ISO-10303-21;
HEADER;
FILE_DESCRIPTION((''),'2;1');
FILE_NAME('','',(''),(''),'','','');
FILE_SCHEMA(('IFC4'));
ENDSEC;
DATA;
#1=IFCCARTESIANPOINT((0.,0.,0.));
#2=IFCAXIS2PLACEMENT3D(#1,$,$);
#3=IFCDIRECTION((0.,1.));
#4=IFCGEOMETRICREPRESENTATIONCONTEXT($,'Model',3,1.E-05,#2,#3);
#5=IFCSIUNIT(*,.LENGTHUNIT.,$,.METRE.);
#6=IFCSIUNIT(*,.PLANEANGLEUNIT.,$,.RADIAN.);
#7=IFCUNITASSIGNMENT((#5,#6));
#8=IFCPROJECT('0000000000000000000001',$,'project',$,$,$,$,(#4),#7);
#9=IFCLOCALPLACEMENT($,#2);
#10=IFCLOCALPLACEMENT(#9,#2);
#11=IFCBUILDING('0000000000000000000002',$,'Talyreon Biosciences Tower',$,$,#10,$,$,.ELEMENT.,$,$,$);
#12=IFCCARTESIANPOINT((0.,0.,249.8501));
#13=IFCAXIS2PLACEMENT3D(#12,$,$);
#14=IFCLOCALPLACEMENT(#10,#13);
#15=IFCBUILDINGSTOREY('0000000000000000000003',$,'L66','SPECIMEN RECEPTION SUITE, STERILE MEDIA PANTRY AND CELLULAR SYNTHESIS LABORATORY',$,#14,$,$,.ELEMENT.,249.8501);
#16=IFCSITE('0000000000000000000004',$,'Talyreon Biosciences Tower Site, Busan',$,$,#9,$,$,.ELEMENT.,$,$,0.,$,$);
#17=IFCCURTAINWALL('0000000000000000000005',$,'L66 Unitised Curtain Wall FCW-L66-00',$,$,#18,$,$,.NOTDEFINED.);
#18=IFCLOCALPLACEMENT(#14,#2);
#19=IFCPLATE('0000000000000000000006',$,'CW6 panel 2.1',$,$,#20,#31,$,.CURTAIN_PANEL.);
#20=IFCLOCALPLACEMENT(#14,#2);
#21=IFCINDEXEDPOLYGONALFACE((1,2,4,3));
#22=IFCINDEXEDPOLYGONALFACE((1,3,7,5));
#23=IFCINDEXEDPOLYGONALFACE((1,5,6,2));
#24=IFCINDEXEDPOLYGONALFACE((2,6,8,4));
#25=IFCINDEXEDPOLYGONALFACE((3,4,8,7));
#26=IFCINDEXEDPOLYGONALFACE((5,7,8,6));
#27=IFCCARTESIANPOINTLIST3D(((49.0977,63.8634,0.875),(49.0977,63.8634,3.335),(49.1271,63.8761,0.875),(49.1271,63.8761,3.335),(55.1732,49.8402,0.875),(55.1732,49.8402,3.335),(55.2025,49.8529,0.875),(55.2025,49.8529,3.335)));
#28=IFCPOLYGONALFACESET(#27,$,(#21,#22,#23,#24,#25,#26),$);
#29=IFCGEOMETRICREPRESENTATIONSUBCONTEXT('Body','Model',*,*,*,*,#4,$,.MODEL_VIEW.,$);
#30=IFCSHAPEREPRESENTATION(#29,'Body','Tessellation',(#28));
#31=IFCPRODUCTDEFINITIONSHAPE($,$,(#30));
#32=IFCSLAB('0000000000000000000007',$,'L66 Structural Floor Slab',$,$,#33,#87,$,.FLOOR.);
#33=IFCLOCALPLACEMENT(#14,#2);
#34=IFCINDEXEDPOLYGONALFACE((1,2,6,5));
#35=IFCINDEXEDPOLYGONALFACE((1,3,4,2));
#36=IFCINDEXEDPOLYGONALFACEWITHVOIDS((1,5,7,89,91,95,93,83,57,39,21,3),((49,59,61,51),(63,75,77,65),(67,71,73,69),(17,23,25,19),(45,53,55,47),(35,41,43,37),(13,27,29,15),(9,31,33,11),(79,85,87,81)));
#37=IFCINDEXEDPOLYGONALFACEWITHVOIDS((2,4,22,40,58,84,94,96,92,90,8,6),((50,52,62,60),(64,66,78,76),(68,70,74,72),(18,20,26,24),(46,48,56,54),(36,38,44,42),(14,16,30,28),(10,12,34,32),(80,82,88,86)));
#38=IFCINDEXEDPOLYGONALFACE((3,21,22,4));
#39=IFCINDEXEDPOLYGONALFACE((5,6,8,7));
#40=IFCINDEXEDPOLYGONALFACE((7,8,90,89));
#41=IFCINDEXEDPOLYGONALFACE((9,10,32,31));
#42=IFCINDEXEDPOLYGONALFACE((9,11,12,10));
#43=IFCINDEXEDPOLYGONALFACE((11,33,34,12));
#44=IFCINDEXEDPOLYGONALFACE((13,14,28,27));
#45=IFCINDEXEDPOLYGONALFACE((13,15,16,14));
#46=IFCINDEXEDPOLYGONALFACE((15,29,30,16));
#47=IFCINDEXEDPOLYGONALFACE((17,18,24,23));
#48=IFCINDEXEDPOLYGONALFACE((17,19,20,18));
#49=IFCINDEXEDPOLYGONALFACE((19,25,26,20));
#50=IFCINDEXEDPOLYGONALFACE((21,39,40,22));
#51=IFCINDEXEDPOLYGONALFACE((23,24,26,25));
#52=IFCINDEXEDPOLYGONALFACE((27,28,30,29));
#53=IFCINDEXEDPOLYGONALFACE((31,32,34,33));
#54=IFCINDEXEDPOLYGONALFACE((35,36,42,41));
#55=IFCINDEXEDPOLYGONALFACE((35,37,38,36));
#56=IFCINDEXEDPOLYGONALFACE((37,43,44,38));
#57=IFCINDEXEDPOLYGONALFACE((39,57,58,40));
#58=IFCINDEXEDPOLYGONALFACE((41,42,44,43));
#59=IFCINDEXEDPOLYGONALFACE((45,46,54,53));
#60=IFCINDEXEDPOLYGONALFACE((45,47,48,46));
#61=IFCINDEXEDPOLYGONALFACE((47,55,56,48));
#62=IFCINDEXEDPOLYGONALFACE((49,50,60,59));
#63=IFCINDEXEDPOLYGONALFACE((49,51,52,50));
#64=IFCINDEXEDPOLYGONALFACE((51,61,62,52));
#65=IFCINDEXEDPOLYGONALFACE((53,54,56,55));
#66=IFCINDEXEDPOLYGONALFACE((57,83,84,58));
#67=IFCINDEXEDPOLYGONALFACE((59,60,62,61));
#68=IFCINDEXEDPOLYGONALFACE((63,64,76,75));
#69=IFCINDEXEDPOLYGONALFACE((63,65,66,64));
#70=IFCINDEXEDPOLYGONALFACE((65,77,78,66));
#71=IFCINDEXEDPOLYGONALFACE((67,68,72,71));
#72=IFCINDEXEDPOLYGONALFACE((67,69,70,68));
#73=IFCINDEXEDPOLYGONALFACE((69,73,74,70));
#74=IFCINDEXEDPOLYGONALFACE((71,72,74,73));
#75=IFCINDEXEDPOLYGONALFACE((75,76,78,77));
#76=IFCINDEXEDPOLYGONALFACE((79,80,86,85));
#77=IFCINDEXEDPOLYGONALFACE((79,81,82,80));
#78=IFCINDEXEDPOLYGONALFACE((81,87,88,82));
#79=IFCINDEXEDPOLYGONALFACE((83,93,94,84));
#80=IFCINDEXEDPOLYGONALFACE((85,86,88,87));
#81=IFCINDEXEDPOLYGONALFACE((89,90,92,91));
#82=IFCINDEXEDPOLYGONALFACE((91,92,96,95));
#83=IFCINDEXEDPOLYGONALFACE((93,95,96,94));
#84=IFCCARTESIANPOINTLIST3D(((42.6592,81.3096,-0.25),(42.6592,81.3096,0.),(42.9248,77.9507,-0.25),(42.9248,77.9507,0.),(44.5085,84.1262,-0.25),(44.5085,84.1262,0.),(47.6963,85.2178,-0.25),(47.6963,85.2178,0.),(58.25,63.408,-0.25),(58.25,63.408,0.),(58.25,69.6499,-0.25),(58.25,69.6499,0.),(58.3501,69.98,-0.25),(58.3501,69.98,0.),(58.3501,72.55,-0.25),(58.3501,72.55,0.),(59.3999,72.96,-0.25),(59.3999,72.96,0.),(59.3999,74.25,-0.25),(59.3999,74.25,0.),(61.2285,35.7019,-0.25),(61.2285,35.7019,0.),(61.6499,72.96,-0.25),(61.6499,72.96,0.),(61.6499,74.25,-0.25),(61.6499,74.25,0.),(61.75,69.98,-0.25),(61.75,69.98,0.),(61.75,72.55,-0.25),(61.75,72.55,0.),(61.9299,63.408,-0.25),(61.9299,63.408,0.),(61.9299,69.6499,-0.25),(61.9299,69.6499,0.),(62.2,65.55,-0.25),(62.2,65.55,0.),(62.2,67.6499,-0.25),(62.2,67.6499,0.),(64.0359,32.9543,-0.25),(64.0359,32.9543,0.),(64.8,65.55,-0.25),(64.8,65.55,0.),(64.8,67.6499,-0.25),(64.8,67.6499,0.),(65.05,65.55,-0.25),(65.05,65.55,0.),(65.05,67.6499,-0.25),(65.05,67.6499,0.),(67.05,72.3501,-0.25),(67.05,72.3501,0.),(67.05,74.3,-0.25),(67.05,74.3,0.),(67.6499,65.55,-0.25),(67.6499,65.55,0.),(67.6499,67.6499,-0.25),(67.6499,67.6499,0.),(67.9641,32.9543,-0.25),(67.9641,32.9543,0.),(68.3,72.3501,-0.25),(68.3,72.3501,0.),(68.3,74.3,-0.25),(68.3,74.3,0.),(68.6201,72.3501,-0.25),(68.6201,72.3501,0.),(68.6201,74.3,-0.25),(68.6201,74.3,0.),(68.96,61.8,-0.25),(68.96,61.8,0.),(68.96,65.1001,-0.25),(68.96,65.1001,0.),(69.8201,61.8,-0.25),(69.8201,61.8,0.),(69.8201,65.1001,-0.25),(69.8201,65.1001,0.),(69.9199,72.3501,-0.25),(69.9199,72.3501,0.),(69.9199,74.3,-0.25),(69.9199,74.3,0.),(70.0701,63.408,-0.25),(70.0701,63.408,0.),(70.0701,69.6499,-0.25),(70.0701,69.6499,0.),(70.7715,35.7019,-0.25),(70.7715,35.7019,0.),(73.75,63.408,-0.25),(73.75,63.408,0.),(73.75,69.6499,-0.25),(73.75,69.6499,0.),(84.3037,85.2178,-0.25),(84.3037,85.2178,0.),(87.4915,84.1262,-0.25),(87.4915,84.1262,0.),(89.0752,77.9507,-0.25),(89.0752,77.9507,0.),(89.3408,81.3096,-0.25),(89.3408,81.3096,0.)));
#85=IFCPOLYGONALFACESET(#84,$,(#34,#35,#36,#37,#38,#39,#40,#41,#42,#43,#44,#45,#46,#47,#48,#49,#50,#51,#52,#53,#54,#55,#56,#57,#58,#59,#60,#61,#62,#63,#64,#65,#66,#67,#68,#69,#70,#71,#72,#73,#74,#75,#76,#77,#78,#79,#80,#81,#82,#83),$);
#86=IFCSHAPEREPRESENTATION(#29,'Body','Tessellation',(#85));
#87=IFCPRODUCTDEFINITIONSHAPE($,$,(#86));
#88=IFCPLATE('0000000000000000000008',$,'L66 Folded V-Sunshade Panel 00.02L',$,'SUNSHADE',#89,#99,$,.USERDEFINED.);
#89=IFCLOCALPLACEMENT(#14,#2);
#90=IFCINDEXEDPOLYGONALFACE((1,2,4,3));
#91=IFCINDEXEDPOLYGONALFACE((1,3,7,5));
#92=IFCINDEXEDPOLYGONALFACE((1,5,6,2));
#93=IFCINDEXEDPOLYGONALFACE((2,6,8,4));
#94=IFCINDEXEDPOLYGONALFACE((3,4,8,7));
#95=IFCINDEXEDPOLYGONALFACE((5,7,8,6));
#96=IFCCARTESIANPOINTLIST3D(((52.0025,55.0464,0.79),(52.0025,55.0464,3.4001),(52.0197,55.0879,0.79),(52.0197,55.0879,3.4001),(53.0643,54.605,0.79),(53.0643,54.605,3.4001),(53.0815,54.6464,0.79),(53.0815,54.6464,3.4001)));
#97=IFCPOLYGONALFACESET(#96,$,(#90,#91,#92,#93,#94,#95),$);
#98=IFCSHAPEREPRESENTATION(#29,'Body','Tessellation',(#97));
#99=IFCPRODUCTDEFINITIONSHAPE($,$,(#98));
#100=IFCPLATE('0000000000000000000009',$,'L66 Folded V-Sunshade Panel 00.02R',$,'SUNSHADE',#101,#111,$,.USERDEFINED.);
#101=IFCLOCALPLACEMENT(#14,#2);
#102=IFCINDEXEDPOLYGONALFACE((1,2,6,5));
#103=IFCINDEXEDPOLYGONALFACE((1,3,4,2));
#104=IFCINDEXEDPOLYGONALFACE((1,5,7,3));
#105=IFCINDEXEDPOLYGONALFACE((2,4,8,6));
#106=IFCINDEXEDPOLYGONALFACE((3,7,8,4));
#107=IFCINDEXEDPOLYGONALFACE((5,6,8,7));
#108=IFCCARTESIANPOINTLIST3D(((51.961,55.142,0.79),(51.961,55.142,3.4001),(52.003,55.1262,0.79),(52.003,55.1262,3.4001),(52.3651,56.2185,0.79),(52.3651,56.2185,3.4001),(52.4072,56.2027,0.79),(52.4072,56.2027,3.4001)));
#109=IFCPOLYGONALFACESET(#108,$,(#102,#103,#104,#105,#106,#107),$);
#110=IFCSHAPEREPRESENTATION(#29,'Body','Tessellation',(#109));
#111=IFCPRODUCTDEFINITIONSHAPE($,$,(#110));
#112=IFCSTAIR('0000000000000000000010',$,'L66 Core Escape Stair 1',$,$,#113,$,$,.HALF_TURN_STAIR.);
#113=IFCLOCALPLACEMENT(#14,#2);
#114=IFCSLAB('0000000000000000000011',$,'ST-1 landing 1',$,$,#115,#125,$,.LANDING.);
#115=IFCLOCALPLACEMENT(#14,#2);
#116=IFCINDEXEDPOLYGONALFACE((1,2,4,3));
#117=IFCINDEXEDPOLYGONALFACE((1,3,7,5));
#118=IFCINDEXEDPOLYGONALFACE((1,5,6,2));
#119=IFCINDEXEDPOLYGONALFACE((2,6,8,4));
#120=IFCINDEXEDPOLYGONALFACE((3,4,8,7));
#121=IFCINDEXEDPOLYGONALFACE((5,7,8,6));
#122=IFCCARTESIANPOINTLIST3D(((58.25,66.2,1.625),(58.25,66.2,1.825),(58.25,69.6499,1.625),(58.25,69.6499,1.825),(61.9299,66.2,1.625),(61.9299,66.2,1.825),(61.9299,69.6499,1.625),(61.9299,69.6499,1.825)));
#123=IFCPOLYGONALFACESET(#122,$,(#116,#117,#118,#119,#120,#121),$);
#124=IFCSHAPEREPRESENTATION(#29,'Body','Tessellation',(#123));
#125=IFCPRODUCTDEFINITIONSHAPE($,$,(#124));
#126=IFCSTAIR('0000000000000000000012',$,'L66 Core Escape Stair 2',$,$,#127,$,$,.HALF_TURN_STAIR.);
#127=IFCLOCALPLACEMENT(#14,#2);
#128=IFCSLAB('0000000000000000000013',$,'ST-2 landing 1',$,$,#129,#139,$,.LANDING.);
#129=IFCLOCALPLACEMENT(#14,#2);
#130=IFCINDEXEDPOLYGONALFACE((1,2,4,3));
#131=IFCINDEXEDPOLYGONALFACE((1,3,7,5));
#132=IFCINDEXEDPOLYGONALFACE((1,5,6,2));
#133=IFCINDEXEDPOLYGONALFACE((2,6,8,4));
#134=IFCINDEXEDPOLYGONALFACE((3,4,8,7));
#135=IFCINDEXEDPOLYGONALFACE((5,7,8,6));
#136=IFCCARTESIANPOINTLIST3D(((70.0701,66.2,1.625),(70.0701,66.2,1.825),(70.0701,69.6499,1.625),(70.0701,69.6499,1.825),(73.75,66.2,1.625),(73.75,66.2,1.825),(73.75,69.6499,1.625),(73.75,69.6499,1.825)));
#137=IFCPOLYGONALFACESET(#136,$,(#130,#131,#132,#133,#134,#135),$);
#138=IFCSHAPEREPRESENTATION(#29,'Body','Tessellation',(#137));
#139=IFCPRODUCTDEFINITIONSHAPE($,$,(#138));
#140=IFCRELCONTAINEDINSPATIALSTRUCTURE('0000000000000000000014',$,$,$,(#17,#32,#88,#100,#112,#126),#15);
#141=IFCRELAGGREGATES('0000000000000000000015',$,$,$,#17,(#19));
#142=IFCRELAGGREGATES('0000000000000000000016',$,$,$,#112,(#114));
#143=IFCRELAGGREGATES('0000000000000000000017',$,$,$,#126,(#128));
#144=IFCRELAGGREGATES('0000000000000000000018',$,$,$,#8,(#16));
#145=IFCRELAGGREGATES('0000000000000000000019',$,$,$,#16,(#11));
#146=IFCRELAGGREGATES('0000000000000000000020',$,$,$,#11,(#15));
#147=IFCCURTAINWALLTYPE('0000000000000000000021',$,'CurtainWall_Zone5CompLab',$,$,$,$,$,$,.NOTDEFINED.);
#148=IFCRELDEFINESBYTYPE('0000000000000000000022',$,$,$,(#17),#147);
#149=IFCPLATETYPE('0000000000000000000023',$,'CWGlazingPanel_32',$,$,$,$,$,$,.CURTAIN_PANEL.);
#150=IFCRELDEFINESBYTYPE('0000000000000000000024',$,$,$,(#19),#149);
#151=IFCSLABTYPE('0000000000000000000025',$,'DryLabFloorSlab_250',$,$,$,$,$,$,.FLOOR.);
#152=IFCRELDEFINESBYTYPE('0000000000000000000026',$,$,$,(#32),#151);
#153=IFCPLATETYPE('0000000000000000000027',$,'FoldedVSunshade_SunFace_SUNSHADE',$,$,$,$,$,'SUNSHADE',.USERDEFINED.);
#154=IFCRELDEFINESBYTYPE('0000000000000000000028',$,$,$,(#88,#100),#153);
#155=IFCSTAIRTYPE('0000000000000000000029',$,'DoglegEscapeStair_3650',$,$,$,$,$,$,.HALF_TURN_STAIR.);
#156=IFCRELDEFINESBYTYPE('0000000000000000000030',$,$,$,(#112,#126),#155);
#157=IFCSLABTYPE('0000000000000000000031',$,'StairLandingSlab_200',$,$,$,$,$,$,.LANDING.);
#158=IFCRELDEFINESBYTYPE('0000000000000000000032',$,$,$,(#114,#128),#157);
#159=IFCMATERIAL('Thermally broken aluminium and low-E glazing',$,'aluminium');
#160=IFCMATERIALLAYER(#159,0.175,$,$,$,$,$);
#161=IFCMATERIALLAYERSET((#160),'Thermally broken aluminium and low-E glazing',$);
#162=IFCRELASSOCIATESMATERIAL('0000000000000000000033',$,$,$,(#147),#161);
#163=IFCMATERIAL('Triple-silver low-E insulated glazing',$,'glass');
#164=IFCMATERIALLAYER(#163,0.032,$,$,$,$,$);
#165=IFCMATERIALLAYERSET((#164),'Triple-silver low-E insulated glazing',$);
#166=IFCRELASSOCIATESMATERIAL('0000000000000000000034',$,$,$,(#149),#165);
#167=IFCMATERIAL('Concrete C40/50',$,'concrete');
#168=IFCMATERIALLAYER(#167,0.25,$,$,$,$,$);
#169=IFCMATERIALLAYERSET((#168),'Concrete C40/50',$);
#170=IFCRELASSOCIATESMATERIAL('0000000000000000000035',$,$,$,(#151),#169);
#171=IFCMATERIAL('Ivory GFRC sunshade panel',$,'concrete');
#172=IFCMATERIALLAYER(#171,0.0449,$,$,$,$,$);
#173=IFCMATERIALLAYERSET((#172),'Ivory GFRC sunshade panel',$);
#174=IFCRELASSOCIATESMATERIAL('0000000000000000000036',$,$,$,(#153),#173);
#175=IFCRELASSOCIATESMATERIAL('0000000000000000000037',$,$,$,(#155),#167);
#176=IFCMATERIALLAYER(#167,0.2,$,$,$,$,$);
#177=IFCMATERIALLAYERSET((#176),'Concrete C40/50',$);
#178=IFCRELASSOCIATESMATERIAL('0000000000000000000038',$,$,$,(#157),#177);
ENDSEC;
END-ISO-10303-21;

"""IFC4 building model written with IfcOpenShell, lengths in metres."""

from ifc_helpers import new_model, si_unit, direction, frame, origin, origin_2d, place, context, subcontext, project, spatial, polyline, rectangle, outline, extrude, material, layer, layer_set, type_object, element, aggregate, save


model = new_model("IFC4")

# Units and contexts
model_context = context("Model", 3, precision=1e-05, world=origin(), true_north=direction((0.0, 1.0)))
body_context = subcontext(model_context, "Body", "Model", "MODEL_VIEW")
ifc_project = project(units=[si_unit("LENGTHUNIT", "METRE"), si_unit("PLANEANGLEUNIT", "RADIAN")], contexts=[model_context])

# Site, building, storey
site_placement = place(None, origin())
site = spatial("IfcSite", under=ifc_project, at=site_placement, Name="Talyreon Biosciences Tower Site, Busan", CompositionType="ELEMENT", RefElevation=0.0)
building_placement = place(site_placement, origin())
building = spatial("IfcBuilding", under=site, at=building_placement, Name="Talyreon Biosciences Tower", CompositionType="ELEMENT")
storey_placement = place(building_placement, frame((0.0, 0.0, 249.8501)))
storey = spatial("IfcBuildingStorey", under=building, at=storey_placement, Name="L66", Description="SPECIMEN RECEPTION SUITE, STERILE MEDIA PANTRY AND CELLULAR SYNTHESIS LABORATORY", CompositionType="ELEMENT", Elevation=249.8501)

# Curtain wall
ifc_material_1 = material(Name="Thermally broken aluminium and low-E glazing", Category="aluminium")
ifc_layer_1 = layer(ifc_material_1, 0.175)
ifc_layer_set_1 = layer_set([ifc_layer_1], Name="Thermally broken aluminium and low-E glazing")
curtain_wall_type = type_object("IfcCurtainWallType", Name="CurtainWall_Zone5CompLab", PredefinedType="NOTDEFINED", material=ifc_layer_set_1)
curtain_wall_placement = place(storey_placement, origin())
curtain_wall = element("IfcCurtainWall", 1, at=curtain_wall_placement, inside=storey, type_object=curtain_wall_type, Name="L66 Unitised Curtain Wall FCW-L66-00", PredefinedType="NOTDEFINED")

# Plate
ifc_material_2 = material(Name="Triple-silver low-E insulated glazing", Category="glass")
ifc_layer_2 = layer(ifc_material_2, 0.032)
ifc_layer_set_2 = layer_set([ifc_layer_2], Name="Triple-silver low-E insulated glazing")
plate_type_1 = type_object("IfcPlateType", Name="CWGlazingPanel_32", PredefinedType="CURTAIN_PANEL", material=ifc_layer_set_2)
plate_placement = place(storey_placement, frame((52.1501, 56.8582, 0.875), z_axis=(0.0, 0.0, 1.0), x_axis=(-0.397537, 0.917586, 0.0)))
plate = element("IfcPlate", 2, at=plate_placement, type_object=plate_type_1, Name="CW6 panel 2.1", PredefinedType="CURTAIN_PANEL", context=body_context, shape_type="SweptSolid", body=[
    extrude(rectangle(XDim=15.2827, YDim=0.032, at=origin_2d()), origin(), (0.0, 0.0, 1.0), 2.46),
])
aggregate(curtain_wall, [plate])

# Slab
ifc_material_3 = material(Name="Concrete C40/50", Category="concrete")
ifc_layer_3 = layer(ifc_material_3, 0.25)
ifc_layer_set_3 = layer_set([ifc_layer_3], Name="Concrete C40/50")
slab_type_1 = type_object("IfcSlabType", Name="DryLabFloorSlab_250", PredefinedType="FLOOR", material=ifc_layer_set_3)
slab_1_placement = place(storey_placement, frame((0.0, 0.0, -0.25)))
element("IfcSlab", 3, at=slab_1_placement, inside=storey, type_object=slab_type_1, Name="L66 Structural Floor Slab", PredefinedType="FLOOR", context=body_context, shape_type="SweptSolid", body=[
    extrude(outline(polyline([(61.2285, 35.7019), (42.9248, 77.9507), (42.6592, 81.3096), (44.5085, 84.1262), (47.6963, 85.2178), (84.3037, 85.2178), (87.4915, 84.1262), (89.3408, 81.3096), (89.0752, 77.9507), (70.7715, 35.7019), (67.9641, 32.9543), (64.0359, 32.9543), (61.2285, 35.7019)]), holes=[polyline([(69.8201, 65.1001), (69.8201, 61.8), (68.96, 61.8), (68.96, 65.1001), (69.8201, 65.1001)]), polyline([(61.9299, 69.6499), (61.9299, 63.408), (58.25, 63.408), (58.25, 69.6499), (61.9299, 69.6499)]), polyline([(73.75, 69.6499), (73.75, 63.408), (70.0701, 63.408), (70.0701, 69.6499), (73.75, 69.6499)]), polyline([(64.8, 67.6499), (64.8, 65.55), (62.2, 65.55), (62.2, 67.6499), (64.8, 67.6499)]), polyline([(67.6499, 67.6499), (67.6499, 65.55), (65.05, 65.55), (65.05, 67.6499), (67.6499, 67.6499)]), polyline([(61.75, 72.55), (61.75, 69.98), (58.3501, 69.98), (58.3501, 72.55), (61.75, 72.55)]), polyline([(68.3, 74.3), (68.3, 72.3501), (67.05, 72.3501), (67.05, 74.3), (68.3, 74.3)]), polyline([(69.9199, 72.3501), (68.6201, 72.3501), (68.6201, 74.3), (69.9199, 74.3), (69.9199, 72.3501)]), polyline([(61.6499, 72.96), (59.3999, 72.96), (59.3999, 74.25), (61.6499, 74.25), (61.6499, 72.96)])]), origin(), (0.0, 0.0, 1.0), 0.25),
])

# Plates
ifc_material_4 = material(Name="Ivory GFRC sunshade panel", Category="concrete")
ifc_layer_4 = layer(ifc_material_4, 0.0449)
ifc_layer_set_4 = layer_set([ifc_layer_4], Name="Ivory GFRC sunshade panel")
plate_type_2 = type_object("IfcPlateType", Name="FoldedVSunshade_SunFace_SUNSHADE", ElementType="SUNSHADE", PredefinedType="USERDEFINED", material=ifc_layer_set_4)
for number, where, z_axis, x_axis, name in (
    (4, (52.542, 54.8464, 0.79), (0.0, 0.0, 1.0), (-0.923371, 0.383909, 0.0), "L66 Folded V-Sunshade Panel 00.02L"),
    (5, (52.1841, 55.6724, 0.79), (0.0, 0.0, 1.0), (0.35145, 0.936207, 0.0), "L66 Folded V-Sunshade Panel 00.02R"),
):
    element("IfcPlate", number, at=place(storey_placement, frame(where, z_axis=z_axis, x_axis=x_axis)), inside=storey, type_object=plate_type_2, Name=name, ObjectType="SUNSHADE", PredefinedType="USERDEFINED", context=body_context, shape_type="SweptSolid", body=[
        extrude(rectangle(XDim=1.1499, YDim=0.0449, at=origin_2d()), origin(), (0.0, 0.0, 1.0), 2.6101),
    ])

# Stairs, slabs
stair_type = type_object("IfcStairType", Name="DoglegEscapeStair_3650", PredefinedType="HALF_TURN_STAIR", material=ifc_material_3)
stair_1_placement = place(storey_placement, origin())
stair_1 = element("IfcStair", 6, at=stair_1_placement, inside=storey, type_object=stair_type, Name="L66 Core Escape Stair 1", PredefinedType="HALF_TURN_STAIR")
ifc_layer_5 = layer(ifc_material_3, 0.2)
ifc_layer_set_5 = layer_set([ifc_layer_5], Name="Concrete C40/50")
slab_type_2 = type_object("IfcSlabType", Name="StairLandingSlab_200", PredefinedType="LANDING", material=ifc_layer_set_5)
slab_2_placement = place(storey_placement, frame((0.0, 0.0, 1.625)))
slab_2 = element("IfcSlab", 7, at=slab_2_placement, type_object=slab_type_2, Name="ST-1 landing 1", PredefinedType="LANDING", context=body_context, shape_type="SweptSolid", body=[
    extrude(outline(polyline([(61.9299, 66.2), (61.9299, 69.6499), (58.25, 69.6499), (58.25, 66.2), (61.9299, 66.2)])), origin(), (0.0, 0.0, 1.0), 0.2),
])
aggregate(stair_1, [slab_2])
stair_2_placement = place(storey_placement, origin())
stair_2 = element("IfcStair", 8, at=stair_2_placement, inside=storey, type_object=stair_type, Name="L66 Core Escape Stair 2", PredefinedType="HALF_TURN_STAIR")
slab_3_placement = place(storey_placement, frame((0.0, 0.0, 1.625)))
slab_3 = element("IfcSlab", 9, at=slab_3_placement, type_object=slab_type_2, Name="ST-2 landing 1", PredefinedType="LANDING", context=body_context, shape_type="SweptSolid", body=[
    extrude(outline(polyline([(73.75, 66.2), (73.75, 69.6499), (70.0701, 69.6499), (70.0701, 66.2), (73.75, 66.2)])), origin(), (0.0, 0.0, 1.0), 0.2),
])
aggregate(stair_2, [slab_3])

save(model, "model.ifc")
